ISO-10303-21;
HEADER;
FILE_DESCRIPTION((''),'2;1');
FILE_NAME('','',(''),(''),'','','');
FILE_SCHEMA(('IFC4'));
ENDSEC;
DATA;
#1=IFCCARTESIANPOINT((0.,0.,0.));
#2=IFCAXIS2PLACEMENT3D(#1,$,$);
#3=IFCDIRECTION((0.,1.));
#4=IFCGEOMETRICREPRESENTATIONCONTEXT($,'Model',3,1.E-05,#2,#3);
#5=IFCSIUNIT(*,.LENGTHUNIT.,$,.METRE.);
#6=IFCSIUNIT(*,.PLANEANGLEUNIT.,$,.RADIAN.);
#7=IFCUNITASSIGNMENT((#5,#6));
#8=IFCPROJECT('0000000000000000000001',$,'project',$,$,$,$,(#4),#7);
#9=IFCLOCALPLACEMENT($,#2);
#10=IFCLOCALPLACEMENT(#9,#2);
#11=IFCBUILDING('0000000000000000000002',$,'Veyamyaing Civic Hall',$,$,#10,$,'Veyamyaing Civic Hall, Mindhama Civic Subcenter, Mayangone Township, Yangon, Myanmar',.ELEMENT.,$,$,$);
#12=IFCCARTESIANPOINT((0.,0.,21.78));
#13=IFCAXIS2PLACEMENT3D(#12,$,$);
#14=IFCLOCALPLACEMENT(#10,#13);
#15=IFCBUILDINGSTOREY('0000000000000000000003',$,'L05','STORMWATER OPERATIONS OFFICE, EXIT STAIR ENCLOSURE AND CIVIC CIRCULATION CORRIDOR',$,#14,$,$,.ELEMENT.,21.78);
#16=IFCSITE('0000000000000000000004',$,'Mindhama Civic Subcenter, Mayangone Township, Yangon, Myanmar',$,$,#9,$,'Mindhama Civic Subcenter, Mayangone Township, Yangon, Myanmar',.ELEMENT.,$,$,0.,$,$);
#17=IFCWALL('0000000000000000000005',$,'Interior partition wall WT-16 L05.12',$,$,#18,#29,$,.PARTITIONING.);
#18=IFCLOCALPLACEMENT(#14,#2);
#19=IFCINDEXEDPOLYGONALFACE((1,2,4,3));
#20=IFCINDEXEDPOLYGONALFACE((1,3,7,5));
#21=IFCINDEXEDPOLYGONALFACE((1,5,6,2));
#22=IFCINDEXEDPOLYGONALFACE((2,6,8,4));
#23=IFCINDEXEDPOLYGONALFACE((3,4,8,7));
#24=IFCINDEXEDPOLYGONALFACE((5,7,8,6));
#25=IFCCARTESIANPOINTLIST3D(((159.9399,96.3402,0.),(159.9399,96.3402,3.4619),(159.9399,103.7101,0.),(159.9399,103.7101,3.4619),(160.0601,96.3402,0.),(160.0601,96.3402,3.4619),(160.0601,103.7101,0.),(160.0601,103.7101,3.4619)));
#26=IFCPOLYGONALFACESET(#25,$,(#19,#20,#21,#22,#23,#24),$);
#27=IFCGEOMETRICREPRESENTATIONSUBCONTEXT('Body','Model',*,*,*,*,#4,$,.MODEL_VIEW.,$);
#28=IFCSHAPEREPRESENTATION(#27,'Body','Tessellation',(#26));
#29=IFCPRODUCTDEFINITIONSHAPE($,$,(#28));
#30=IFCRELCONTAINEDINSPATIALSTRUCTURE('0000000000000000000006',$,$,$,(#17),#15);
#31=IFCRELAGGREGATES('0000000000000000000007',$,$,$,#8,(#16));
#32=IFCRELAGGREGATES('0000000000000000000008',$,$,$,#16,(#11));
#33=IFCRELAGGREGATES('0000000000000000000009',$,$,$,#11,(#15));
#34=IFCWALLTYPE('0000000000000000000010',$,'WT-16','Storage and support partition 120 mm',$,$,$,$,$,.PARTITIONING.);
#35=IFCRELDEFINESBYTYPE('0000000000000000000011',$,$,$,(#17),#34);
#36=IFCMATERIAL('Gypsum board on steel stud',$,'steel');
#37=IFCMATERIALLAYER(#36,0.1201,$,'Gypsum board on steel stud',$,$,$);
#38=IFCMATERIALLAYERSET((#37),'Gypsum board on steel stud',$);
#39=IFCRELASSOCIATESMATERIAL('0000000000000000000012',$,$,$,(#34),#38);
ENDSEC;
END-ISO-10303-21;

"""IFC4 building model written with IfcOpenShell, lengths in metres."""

from ifc_helpers import new_model, si_unit, direction, frame, frame_2d, origin, place, context, subcontext, project, spatial, rectangle, extrude, material, layer, layer_set, type_object, element, save


model = new_model("IFC4")

# Units and contexts
model_context = context("Model", 3, precision=1e-05, world=origin(), true_north=direction((0.0, 1.0)))
body_context = subcontext(model_context, "Body", "Model", "MODEL_VIEW")
ifc_project = project(units=[si_unit("LENGTHUNIT", "METRE"), si_unit("PLANEANGLEUNIT", "RADIAN")], contexts=[model_context])

# Site, building, storey
site_placement = place(None, origin())
site = spatial("IfcSite", under=ifc_project, at=site_placement, Name="Mindhama Civic Subcenter, Mayangone Township, Yangon, Myanmar", LongName="Mindhama Civic Subcenter, Mayangone Township, Yangon, Myanmar", CompositionType="ELEMENT", RefElevation=0.0)
building_placement = place(site_placement, origin())
building = spatial("IfcBuilding", under=site, at=building_placement, Name="Veyamyaing Civic Hall", LongName="Veyamyaing Civic Hall, Mindhama Civic Subcenter, Mayangone Township, Yangon, Myanmar", CompositionType="ELEMENT")
storey_placement = place(building_placement, frame((0.0, 0.0, 21.78)))
storey = spatial("IfcBuildingStorey", under=building, at=storey_placement, Name="L05", Description="STORMWATER OPERATIONS OFFICE, EXIT STAIR ENCLOSURE AND CIVIC CIRCULATION CORRIDOR", CompositionType="ELEMENT", Elevation=21.78)

# Wall
ifc_material_1 = material(Name="Gypsum board on steel stud", Category="steel")
ifc_layer_1 = layer(ifc_material_1, 0.1201, Name="Gypsum board on steel stud")
ifc_layer_set_1 = layer_set([ifc_layer_1], Name="Gypsum board on steel stud")
wall_type_1 = type_object("IfcWallType", Name="WT-16", Description="Storage and support partition 120 mm", PredefinedType="PARTITIONING", material=ifc_layer_set_1)
wall_1_placement = place(storey_placement, frame((160.0, 96.3401, 0.0), z_axis=(0.0, 0.0, 1.0), x_axis=(0.0, 1.0, 0.0)))
element("IfcWall", 1, at=wall_1_placement, inside=storey, type_object=wall_type_1, Name="Interior partition wall WT-16 L05.12", PredefinedType="PARTITIONING", context=body_context, shape_type="SweptSolid", body=[
    extrude(rectangle(XDim=7.3699, YDim=0.1201, at=frame_2d((3.6851, 0.0))), origin(), (0.0, 0.0, 1.0), 3.4619),
])

save(model, "model.ifc")
